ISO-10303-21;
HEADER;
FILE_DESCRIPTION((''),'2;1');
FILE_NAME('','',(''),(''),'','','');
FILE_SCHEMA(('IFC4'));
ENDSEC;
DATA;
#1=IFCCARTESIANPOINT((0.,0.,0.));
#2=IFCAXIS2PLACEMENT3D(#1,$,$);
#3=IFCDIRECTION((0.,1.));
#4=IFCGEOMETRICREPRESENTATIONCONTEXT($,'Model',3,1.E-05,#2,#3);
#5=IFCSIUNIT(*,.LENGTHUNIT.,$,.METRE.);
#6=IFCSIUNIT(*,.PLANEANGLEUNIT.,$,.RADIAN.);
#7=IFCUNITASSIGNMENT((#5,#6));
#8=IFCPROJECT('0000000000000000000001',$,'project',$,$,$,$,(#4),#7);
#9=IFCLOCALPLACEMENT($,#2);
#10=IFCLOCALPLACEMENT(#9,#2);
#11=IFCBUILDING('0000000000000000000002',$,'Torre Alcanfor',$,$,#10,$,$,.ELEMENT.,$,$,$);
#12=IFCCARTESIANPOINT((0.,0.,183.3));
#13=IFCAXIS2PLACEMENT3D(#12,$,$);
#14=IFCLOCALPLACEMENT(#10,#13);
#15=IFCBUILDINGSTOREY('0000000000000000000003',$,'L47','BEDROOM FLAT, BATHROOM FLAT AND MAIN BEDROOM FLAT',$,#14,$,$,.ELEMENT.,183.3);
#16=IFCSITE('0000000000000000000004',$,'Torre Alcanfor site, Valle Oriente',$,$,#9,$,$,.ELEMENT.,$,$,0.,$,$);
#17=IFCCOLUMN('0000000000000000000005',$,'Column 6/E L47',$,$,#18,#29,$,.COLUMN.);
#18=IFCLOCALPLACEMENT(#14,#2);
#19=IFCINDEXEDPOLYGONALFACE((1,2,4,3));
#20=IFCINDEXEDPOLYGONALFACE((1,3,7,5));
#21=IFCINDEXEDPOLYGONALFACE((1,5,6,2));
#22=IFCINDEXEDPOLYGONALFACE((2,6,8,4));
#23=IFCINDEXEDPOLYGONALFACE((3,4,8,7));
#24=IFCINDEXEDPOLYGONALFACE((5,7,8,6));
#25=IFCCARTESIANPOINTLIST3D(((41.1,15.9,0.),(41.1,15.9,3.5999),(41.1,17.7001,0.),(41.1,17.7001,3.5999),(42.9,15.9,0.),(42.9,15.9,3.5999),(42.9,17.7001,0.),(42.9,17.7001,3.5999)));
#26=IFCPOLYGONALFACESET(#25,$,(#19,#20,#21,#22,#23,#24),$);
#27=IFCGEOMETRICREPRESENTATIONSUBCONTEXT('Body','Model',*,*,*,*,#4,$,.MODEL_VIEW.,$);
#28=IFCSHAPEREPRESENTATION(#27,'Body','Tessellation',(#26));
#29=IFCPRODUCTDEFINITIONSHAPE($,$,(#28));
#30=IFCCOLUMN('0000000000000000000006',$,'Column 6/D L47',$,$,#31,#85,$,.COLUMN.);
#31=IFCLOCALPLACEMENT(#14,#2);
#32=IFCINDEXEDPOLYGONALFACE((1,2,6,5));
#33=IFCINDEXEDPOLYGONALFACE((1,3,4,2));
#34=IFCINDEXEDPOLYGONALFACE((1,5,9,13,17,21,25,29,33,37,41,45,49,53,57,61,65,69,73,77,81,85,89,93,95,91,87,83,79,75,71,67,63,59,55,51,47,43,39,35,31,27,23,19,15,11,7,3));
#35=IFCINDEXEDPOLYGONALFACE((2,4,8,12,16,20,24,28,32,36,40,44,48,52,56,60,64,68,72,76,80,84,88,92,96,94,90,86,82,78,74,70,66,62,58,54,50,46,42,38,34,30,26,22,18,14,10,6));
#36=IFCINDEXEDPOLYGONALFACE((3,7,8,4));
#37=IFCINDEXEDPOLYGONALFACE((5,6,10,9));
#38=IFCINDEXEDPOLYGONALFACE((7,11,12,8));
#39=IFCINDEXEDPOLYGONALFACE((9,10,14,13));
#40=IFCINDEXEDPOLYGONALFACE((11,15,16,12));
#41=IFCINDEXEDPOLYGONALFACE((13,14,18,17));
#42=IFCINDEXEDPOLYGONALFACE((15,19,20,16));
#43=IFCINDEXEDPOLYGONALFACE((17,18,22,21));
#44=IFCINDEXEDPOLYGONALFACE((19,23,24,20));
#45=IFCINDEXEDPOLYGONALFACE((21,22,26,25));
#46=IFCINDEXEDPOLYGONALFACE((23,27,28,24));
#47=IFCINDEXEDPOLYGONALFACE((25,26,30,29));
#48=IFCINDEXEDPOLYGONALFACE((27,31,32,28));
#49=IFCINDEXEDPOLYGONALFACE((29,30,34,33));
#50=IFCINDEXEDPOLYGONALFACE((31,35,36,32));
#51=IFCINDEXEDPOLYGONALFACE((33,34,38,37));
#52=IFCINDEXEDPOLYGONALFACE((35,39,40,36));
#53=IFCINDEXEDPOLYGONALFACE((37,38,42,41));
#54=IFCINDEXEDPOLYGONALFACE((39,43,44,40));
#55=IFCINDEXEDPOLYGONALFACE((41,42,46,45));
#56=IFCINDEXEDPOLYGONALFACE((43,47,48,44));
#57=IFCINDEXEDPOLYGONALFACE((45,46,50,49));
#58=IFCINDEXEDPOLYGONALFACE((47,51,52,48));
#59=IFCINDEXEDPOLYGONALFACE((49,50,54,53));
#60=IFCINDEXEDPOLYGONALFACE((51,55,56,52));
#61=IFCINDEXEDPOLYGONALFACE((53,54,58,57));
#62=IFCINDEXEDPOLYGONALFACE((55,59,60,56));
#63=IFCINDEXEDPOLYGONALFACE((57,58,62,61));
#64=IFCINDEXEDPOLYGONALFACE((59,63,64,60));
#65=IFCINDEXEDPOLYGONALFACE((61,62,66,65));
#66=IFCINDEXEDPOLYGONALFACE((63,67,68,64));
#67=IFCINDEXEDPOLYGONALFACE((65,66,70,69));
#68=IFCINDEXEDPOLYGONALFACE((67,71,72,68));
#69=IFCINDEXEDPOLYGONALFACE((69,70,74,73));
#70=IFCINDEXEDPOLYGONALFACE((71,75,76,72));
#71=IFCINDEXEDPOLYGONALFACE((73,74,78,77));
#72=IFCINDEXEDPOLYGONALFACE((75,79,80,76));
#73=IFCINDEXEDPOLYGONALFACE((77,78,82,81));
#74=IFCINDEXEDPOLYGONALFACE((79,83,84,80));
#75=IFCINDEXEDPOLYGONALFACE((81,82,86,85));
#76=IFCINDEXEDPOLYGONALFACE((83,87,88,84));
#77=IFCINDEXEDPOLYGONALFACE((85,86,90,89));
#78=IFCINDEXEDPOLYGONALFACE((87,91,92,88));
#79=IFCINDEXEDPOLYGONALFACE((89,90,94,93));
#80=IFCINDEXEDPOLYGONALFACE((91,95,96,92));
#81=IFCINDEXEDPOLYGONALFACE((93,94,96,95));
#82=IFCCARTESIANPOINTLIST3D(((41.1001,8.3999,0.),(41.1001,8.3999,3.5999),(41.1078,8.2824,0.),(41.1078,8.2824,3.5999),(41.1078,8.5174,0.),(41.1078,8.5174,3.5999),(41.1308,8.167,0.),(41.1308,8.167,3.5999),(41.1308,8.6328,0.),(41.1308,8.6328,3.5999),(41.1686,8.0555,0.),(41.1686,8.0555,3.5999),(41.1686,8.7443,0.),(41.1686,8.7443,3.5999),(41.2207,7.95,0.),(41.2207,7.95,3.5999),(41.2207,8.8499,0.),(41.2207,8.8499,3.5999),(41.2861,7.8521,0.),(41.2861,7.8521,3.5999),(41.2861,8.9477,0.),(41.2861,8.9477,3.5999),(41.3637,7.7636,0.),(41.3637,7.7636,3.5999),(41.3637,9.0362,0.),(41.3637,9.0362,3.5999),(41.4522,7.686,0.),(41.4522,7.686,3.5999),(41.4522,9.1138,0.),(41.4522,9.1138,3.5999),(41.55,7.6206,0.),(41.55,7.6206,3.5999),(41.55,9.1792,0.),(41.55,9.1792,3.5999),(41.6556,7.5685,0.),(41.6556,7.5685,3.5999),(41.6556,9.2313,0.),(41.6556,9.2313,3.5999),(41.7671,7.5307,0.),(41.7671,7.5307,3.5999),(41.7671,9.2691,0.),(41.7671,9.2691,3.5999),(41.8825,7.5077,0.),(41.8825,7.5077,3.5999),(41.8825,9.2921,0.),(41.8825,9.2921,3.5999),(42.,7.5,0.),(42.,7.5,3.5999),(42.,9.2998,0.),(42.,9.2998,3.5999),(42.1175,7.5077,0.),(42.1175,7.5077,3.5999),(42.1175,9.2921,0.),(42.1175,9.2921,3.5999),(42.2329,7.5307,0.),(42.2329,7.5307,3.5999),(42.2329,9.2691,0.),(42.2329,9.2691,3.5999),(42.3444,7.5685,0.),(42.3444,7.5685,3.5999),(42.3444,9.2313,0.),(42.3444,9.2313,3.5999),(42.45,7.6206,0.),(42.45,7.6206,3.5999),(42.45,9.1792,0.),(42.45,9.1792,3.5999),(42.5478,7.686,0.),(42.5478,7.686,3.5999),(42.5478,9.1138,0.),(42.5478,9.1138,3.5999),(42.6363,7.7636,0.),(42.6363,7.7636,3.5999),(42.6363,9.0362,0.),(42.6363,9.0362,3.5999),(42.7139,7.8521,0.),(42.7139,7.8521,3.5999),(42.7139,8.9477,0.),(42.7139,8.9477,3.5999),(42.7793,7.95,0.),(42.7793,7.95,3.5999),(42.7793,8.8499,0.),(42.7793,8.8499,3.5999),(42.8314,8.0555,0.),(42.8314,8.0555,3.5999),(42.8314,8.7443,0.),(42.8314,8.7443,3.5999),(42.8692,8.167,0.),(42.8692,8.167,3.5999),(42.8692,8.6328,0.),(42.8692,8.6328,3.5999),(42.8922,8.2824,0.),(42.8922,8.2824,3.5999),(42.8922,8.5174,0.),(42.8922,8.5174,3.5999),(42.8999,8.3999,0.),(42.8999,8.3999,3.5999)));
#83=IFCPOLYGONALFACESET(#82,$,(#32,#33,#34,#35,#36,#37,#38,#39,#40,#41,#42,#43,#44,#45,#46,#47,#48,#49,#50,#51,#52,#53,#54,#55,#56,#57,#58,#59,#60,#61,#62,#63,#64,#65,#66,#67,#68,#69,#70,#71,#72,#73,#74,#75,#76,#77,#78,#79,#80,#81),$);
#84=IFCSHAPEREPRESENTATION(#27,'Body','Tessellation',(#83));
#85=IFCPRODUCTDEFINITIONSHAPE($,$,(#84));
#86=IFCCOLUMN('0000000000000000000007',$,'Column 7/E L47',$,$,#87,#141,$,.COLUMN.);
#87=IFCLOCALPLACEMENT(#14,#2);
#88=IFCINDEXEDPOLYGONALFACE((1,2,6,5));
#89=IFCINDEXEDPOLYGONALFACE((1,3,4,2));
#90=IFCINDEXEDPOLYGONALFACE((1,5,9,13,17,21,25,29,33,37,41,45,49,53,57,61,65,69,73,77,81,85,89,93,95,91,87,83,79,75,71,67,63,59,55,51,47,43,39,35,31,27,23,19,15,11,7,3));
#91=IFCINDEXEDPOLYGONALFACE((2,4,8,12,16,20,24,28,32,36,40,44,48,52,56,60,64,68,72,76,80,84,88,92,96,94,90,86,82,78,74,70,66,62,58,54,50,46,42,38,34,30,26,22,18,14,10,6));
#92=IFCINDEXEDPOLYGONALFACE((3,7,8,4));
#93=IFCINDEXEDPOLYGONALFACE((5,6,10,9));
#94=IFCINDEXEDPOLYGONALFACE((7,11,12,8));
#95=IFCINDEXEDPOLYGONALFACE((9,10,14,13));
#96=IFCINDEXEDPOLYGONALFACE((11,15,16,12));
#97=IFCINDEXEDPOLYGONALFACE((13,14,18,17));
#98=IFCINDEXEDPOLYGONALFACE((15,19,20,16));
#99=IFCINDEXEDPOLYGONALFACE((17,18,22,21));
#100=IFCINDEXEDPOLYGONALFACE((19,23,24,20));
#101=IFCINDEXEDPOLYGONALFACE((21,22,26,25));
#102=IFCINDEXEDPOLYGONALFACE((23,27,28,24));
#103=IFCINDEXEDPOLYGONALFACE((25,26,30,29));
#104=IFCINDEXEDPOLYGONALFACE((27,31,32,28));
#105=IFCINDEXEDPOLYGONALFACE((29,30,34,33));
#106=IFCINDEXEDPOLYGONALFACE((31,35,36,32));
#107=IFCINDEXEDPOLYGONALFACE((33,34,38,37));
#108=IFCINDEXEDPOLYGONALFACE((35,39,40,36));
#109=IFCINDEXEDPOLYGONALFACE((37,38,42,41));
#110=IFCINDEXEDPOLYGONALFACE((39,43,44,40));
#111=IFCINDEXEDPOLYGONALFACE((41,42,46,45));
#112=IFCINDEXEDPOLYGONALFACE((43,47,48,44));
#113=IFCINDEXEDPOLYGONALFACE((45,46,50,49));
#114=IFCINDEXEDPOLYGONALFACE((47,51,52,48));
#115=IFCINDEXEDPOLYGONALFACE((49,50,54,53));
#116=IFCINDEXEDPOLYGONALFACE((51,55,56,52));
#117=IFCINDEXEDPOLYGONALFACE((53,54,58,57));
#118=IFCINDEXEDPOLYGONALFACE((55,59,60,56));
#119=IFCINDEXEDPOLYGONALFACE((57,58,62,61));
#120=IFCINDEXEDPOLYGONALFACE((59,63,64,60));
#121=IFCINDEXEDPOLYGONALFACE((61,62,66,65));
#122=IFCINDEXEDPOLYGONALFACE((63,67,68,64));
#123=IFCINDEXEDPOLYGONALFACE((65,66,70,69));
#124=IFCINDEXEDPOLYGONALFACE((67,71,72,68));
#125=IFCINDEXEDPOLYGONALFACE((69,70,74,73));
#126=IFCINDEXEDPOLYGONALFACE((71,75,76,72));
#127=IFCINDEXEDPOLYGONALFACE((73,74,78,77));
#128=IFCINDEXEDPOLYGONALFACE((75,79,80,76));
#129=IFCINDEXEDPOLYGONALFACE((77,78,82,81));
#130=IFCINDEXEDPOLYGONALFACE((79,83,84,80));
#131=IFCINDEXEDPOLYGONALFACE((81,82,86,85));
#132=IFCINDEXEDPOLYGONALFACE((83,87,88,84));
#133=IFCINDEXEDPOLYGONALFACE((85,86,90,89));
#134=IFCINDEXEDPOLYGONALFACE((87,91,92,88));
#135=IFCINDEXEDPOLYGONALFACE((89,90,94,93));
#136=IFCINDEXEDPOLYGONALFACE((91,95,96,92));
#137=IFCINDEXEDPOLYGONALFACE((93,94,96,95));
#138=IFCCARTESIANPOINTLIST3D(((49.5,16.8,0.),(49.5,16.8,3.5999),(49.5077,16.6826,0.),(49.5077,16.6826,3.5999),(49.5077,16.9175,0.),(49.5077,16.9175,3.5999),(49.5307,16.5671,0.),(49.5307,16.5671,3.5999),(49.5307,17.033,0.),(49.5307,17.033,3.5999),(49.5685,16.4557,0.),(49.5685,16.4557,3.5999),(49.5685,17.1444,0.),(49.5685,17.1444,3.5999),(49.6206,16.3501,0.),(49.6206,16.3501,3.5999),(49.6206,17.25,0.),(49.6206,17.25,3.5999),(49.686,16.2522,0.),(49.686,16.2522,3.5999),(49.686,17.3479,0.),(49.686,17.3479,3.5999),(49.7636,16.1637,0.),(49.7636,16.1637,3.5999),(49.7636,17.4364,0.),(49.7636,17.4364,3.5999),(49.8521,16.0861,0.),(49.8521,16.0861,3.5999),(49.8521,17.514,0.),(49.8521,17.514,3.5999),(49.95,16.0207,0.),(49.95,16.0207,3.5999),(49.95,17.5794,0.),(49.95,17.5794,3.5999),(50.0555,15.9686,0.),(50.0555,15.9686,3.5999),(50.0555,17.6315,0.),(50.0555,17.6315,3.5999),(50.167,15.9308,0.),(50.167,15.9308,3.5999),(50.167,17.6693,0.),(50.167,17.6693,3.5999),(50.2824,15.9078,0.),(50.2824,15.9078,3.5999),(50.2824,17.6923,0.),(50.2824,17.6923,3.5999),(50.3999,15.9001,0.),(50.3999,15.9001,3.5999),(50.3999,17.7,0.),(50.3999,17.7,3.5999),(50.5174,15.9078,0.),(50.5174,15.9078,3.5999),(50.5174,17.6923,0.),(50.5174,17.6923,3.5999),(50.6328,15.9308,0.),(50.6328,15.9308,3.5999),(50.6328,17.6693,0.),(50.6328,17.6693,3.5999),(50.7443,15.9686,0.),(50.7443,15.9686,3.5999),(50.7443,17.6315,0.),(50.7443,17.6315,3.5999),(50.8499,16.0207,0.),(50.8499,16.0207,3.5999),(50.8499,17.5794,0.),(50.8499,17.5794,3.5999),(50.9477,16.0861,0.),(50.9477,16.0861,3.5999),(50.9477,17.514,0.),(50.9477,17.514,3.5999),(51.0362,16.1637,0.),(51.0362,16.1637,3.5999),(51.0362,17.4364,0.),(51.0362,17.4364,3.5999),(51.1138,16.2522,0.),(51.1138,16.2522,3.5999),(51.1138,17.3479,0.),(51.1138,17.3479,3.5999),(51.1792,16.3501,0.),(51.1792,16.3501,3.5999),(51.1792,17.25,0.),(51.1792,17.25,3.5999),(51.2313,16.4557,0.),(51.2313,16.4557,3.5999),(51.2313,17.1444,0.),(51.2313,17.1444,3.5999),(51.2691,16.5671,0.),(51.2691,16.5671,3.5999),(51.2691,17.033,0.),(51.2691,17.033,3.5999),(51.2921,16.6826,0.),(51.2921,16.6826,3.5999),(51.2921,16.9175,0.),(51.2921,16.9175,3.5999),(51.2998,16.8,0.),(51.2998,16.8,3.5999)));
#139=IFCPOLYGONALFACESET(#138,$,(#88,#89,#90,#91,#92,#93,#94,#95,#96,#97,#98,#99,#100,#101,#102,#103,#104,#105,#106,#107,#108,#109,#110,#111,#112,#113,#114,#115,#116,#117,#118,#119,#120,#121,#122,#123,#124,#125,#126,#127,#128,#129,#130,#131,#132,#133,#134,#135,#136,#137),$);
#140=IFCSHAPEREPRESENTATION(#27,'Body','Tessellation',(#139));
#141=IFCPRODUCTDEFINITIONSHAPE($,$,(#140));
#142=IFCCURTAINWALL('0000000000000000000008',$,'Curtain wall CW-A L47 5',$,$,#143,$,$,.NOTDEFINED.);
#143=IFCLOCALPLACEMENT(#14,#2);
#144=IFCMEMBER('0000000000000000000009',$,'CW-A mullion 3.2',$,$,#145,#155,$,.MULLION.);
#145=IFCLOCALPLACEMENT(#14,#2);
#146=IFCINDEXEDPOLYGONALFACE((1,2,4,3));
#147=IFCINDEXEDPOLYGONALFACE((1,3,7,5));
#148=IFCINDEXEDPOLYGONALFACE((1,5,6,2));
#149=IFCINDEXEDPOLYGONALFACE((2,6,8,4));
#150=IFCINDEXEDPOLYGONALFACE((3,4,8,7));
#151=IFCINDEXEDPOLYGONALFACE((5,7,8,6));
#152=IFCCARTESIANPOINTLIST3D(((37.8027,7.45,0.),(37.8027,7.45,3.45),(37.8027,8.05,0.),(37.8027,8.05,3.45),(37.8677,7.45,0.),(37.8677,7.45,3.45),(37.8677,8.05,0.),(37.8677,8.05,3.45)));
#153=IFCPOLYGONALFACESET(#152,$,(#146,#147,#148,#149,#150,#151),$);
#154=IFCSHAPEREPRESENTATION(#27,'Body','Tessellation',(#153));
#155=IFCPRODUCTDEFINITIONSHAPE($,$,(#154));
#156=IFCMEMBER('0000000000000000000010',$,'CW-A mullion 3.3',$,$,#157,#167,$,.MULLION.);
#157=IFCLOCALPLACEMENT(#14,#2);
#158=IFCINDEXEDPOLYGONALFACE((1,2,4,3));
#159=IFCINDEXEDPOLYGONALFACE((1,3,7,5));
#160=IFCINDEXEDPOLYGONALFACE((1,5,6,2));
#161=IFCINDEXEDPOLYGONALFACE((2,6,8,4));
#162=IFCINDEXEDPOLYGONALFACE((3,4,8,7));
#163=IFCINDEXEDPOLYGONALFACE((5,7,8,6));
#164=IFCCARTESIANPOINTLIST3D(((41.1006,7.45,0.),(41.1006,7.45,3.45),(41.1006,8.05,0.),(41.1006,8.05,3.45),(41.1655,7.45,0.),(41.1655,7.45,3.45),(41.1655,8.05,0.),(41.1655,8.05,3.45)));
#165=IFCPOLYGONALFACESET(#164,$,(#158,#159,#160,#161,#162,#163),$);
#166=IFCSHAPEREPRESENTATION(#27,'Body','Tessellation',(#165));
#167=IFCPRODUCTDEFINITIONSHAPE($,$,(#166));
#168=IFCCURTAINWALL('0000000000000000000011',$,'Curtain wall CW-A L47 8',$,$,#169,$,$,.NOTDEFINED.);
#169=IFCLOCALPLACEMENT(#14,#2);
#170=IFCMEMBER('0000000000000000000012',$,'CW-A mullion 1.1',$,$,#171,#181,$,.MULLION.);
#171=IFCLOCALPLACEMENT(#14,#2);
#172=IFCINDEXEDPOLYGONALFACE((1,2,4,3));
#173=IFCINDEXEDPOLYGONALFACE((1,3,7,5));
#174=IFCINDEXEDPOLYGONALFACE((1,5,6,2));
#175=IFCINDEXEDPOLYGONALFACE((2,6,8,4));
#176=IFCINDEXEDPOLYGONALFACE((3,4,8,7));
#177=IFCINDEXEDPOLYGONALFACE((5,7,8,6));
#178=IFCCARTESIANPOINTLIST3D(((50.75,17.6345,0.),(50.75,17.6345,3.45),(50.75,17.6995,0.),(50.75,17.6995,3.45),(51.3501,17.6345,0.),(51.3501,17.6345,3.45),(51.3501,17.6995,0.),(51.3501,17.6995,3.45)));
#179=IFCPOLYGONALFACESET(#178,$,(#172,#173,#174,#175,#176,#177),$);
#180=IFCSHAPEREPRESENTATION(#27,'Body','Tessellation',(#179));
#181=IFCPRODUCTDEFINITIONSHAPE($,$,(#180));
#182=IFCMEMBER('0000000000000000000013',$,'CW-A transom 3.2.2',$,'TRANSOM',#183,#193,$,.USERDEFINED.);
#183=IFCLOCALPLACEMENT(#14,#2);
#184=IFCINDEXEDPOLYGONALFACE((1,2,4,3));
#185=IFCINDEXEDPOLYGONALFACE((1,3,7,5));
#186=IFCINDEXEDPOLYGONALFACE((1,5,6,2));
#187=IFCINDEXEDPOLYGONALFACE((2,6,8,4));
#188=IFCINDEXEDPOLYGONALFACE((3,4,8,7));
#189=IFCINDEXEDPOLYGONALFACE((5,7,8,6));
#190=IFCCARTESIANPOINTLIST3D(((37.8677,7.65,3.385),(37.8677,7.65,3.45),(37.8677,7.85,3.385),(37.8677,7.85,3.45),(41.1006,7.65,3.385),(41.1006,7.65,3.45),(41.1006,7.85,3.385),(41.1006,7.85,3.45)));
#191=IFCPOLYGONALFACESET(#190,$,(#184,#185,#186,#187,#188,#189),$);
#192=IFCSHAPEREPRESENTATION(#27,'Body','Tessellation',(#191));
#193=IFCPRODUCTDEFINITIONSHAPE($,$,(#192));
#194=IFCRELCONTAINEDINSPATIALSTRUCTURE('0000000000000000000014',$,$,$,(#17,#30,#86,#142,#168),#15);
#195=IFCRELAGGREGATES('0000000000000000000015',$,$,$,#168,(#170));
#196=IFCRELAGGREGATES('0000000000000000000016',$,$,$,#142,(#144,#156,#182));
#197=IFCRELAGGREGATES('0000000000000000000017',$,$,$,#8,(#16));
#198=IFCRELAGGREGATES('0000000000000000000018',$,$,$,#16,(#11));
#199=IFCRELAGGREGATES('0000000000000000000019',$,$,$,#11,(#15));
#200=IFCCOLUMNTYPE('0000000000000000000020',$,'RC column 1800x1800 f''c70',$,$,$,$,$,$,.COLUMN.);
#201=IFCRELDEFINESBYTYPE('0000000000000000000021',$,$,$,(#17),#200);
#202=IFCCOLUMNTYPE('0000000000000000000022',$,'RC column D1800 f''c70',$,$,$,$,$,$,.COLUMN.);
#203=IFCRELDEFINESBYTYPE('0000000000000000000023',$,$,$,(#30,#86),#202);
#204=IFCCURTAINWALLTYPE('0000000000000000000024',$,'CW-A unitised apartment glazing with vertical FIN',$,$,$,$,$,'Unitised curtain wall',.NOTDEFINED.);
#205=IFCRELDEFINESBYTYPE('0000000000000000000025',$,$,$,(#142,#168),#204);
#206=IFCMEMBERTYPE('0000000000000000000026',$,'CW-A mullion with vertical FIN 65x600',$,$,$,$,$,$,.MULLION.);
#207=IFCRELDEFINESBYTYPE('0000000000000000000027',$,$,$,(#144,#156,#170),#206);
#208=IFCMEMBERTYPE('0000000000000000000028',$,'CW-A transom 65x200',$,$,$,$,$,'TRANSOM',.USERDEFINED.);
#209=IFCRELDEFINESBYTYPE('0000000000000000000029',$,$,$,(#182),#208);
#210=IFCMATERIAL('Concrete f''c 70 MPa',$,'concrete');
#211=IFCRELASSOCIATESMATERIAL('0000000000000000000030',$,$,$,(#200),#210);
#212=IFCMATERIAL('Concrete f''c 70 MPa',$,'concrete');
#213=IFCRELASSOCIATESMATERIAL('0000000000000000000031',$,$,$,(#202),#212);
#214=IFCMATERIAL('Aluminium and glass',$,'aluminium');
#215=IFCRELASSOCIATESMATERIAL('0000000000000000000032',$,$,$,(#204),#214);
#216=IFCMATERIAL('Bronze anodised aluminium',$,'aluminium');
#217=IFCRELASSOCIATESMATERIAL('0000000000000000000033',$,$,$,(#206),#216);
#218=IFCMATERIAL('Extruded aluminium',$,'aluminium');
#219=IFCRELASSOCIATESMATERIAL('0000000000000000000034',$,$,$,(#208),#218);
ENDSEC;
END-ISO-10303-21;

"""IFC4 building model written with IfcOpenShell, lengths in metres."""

from ifc_helpers import new_model, si_unit, direction, frame, origin, origin_2d, place, context, subcontext, project, spatial, rectangle, circle, extrude, material, material_profile, profile_set, type_object, element, aggregate, save


model = new_model("IFC4")

# Units and contexts
model_context = context("Model", 3, precision=1e-05, world=origin(), true_north=direction((0.0, 1.0)))
body_context = subcontext(model_context, "Body", "Model", "MODEL_VIEW")
ifc_project = project(units=[si_unit("LENGTHUNIT", "METRE"), si_unit("PLANEANGLEUNIT", "RADIAN")], contexts=[model_context])

# Site, building, storey
site_placement = place(None, origin())
site = spatial("IfcSite", under=ifc_project, at=site_placement, Name="Torre Alcanfor site, Valle Oriente", CompositionType="ELEMENT", RefElevation=0.0)
building_placement = place(site_placement, origin())
building = spatial("IfcBuilding", under=site, at=building_placement, Name="Torre Alcanfor", CompositionType="ELEMENT")
storey_placement = place(building_placement, frame((0.0, 0.0, 183.3)))
storey = spatial("IfcBuildingStorey", under=building, at=storey_placement, Name="L47", Description="BEDROOM FLAT, BATHROOM FLAT AND MAIN BEDROOM FLAT", CompositionType="ELEMENT", Elevation=183.3)

# Columns
ifc_material_1 = material(Name="Concrete f'c 70 MPa", Category="concrete")
ifc_material_profile_1 = material_profile(ifc_material_1, rectangle(XDim=1.8, YDim=1.8, at=origin_2d()), Name="1800x1800")
ifc_profile_set_1 = profile_set([ifc_material_profile_1], Name="Concrete f'c 70 MPa")
column_type_1 = type_object("IfcColumnType", Name="RC column 1800x1800 f'c70", PredefinedType="COLUMN", material=ifc_profile_set_1)
column_placement = place(storey_placement, frame((42.0, 16.8, 0.0), z_axis=(0.0, 0.0, 1.0), x_axis=(1.0, 0.0, 0.0)))
element("IfcColumn", 1, at=column_placement, inside=storey, type_object=column_type_1, Name="Column 6/E L47", PredefinedType="COLUMN", context=body_context, shape_type="SweptSolid", body=[
    extrude(rectangle(XDim=1.8, YDim=1.8, at=origin_2d()), origin(), (0.0, 0.0, 1.0), 3.5999),
])
ifc_material_2 = material(Name="Concrete f'c 70 MPa", Category="concrete")
ifc_material_profile_2 = material_profile(ifc_material_2, circle(Radius=0.8999, at=origin_2d()), Name="D1800")
ifc_profile_set_2 = profile_set([ifc_material_profile_2], Name="Concrete f'c 70 MPa")
column_type_2 = type_object("IfcColumnType", Name="RC column D1800 f'c70", PredefinedType="COLUMN", material=ifc_profile_set_2)
for number, where, z_axis, x_axis, name in (
    (2, (42.0, 8.3999, 0.0), (0.0, 0.0, 1.0), (1.0, 0.0, 0.0), "Column 6/D L47"),
    (3, (50.3999, 16.8, 0.0), (0.0, 0.0, 1.0), (1.0, 0.0, 0.0), "Column 7/E L47"),
):
    element("IfcColumn", number, at=place(storey_placement, frame(where, z_axis=z_axis, x_axis=x_axis)), inside=storey, type_object=column_type_2, Name=name, PredefinedType="COLUMN", context=body_context, shape_type="SweptSolid", body=[
        extrude(circle(Radius=0.8999, at=origin_2d()), origin(), (0.0, 0.0, 1.0), 3.5999),
    ])

# Curtain wall, members
ifc_material_3 = material(Name="Aluminium and glass", Category="aluminium")
curtain_wall_type = type_object("IfcCurtainWallType", Name="CW-A unitised apartment glazing with vertical FIN", ElementType="Unitised curtain wall", PredefinedType="NOTDEFINED", material=ifc_material_3)
curtain_wall_1_placement = place(storey_placement, origin())
curtain_wall_1 = element("IfcCurtainWall", 4, at=curtain_wall_1_placement, inside=storey, type_object=curtain_wall_type, Name="Curtain wall CW-A L47 5", PredefinedType="NOTDEFINED")
ifc_material_4 = material(Name="Bronze anodised aluminium", Category="aluminium")
ifc_material_profile_3 = material_profile(ifc_material_4, rectangle(XDim=0.6001, YDim=0.0649, at=origin_2d()), Name="CW-A mullion 65x600")
ifc_profile_set_3 = profile_set([ifc_material_profile_3], Name="Bronze anodised aluminium")
member_type_1 = type_object("IfcMemberType", Name="CW-A mullion with vertical FIN 65x600", PredefinedType="MULLION", material=ifc_profile_set_3)
member_1_placement = place(storey_placement, frame((37.8352, 7.75, 0.0), z_axis=(0.0, 0.0, 1.0), x_axis=(0.0, 1.0, 0.0)))
member_1 = element("IfcMember", 5, at=member_1_placement, type_object=member_type_1, Name="CW-A mullion 3.2", PredefinedType="MULLION", context=body_context, shape_type="SweptSolid", body=[
    extrude(rectangle(XDim=0.6001, YDim=0.0649, at=origin_2d()), origin(), (0.0, 0.0, 1.0), 3.45),
])
member_2_placement = place(storey_placement, frame((41.1331, 7.75, 0.0), z_axis=(0.0, 0.0, 1.0), x_axis=(0.0, 1.0, 0.0)))
member_2 = element("IfcMember", 6, at=member_2_placement, type_object=member_type_1, Name="CW-A mullion 3.3", PredefinedType="MULLION", context=body_context, shape_type="SweptSolid", body=[
    extrude(rectangle(XDim=0.6001, YDim=0.0649, at=origin_2d()), origin(), (0.0, 0.0, 1.0), 3.45),
])

# Curtain wall, member
curtain_wall_2_placement = place(storey_placement, origin())
curtain_wall_2 = element("IfcCurtainWall", 7, at=curtain_wall_2_placement, inside=storey, type_object=curtain_wall_type, Name="Curtain wall CW-A L47 8", PredefinedType="NOTDEFINED")
member_3_placement = place(storey_placement, frame((51.05, 17.667, 0.0), z_axis=(0.0, 0.0, 1.0), x_axis=(-1.0, 0.0, 0.0)))
member_3 = element("IfcMember", 8, at=member_3_placement, type_object=member_type_1, Name="CW-A mullion 1.1", PredefinedType="MULLION", context=body_context, shape_type="SweptSolid", body=[
    extrude(rectangle(XDim=0.6001, YDim=0.0649, at=origin_2d()), origin(), (0.0, 0.0, 1.0), 3.45),
])

# Member
ifc_material_5 = material(Name="Extruded aluminium", Category="aluminium")
ifc_material_profile_4 = material_profile(ifc_material_5, rectangle(XDim=0.2, YDim=0.0649, at=origin_2d()), Name="CW-A transom 200x65")
ifc_profile_set_4 = profile_set([ifc_material_profile_4], Name="Extruded aluminium")
member_type_2 = type_object("IfcMemberType", Name="CW-A transom 65x200", ElementType="TRANSOM", PredefinedType="USERDEFINED", material=ifc_profile_set_4)
member_4_placement = place(storey_placement, frame((37.8677, 7.75, 3.4175), z_axis=(1.0, 0.0, 0.0), x_axis=(0.0, 1.0, 0.0)))
member_4 = element("IfcMember", 9, at=member_4_placement, type_object=member_type_2, Name="CW-A transom 3.2.2", ObjectType="TRANSOM", PredefinedType="USERDEFINED", context=body_context, shape_type="SweptSolid", body=[
    extrude(rectangle(XDim=0.2, YDim=0.0649, at=origin_2d()), origin(), (0.0, 0.0, 1.0), 3.2329),
])
aggregate(curtain_wall_2, [member_3])

aggregate(curtain_wall_1, [member_1, member_2, member_4])

save(model, "model.ifc")
